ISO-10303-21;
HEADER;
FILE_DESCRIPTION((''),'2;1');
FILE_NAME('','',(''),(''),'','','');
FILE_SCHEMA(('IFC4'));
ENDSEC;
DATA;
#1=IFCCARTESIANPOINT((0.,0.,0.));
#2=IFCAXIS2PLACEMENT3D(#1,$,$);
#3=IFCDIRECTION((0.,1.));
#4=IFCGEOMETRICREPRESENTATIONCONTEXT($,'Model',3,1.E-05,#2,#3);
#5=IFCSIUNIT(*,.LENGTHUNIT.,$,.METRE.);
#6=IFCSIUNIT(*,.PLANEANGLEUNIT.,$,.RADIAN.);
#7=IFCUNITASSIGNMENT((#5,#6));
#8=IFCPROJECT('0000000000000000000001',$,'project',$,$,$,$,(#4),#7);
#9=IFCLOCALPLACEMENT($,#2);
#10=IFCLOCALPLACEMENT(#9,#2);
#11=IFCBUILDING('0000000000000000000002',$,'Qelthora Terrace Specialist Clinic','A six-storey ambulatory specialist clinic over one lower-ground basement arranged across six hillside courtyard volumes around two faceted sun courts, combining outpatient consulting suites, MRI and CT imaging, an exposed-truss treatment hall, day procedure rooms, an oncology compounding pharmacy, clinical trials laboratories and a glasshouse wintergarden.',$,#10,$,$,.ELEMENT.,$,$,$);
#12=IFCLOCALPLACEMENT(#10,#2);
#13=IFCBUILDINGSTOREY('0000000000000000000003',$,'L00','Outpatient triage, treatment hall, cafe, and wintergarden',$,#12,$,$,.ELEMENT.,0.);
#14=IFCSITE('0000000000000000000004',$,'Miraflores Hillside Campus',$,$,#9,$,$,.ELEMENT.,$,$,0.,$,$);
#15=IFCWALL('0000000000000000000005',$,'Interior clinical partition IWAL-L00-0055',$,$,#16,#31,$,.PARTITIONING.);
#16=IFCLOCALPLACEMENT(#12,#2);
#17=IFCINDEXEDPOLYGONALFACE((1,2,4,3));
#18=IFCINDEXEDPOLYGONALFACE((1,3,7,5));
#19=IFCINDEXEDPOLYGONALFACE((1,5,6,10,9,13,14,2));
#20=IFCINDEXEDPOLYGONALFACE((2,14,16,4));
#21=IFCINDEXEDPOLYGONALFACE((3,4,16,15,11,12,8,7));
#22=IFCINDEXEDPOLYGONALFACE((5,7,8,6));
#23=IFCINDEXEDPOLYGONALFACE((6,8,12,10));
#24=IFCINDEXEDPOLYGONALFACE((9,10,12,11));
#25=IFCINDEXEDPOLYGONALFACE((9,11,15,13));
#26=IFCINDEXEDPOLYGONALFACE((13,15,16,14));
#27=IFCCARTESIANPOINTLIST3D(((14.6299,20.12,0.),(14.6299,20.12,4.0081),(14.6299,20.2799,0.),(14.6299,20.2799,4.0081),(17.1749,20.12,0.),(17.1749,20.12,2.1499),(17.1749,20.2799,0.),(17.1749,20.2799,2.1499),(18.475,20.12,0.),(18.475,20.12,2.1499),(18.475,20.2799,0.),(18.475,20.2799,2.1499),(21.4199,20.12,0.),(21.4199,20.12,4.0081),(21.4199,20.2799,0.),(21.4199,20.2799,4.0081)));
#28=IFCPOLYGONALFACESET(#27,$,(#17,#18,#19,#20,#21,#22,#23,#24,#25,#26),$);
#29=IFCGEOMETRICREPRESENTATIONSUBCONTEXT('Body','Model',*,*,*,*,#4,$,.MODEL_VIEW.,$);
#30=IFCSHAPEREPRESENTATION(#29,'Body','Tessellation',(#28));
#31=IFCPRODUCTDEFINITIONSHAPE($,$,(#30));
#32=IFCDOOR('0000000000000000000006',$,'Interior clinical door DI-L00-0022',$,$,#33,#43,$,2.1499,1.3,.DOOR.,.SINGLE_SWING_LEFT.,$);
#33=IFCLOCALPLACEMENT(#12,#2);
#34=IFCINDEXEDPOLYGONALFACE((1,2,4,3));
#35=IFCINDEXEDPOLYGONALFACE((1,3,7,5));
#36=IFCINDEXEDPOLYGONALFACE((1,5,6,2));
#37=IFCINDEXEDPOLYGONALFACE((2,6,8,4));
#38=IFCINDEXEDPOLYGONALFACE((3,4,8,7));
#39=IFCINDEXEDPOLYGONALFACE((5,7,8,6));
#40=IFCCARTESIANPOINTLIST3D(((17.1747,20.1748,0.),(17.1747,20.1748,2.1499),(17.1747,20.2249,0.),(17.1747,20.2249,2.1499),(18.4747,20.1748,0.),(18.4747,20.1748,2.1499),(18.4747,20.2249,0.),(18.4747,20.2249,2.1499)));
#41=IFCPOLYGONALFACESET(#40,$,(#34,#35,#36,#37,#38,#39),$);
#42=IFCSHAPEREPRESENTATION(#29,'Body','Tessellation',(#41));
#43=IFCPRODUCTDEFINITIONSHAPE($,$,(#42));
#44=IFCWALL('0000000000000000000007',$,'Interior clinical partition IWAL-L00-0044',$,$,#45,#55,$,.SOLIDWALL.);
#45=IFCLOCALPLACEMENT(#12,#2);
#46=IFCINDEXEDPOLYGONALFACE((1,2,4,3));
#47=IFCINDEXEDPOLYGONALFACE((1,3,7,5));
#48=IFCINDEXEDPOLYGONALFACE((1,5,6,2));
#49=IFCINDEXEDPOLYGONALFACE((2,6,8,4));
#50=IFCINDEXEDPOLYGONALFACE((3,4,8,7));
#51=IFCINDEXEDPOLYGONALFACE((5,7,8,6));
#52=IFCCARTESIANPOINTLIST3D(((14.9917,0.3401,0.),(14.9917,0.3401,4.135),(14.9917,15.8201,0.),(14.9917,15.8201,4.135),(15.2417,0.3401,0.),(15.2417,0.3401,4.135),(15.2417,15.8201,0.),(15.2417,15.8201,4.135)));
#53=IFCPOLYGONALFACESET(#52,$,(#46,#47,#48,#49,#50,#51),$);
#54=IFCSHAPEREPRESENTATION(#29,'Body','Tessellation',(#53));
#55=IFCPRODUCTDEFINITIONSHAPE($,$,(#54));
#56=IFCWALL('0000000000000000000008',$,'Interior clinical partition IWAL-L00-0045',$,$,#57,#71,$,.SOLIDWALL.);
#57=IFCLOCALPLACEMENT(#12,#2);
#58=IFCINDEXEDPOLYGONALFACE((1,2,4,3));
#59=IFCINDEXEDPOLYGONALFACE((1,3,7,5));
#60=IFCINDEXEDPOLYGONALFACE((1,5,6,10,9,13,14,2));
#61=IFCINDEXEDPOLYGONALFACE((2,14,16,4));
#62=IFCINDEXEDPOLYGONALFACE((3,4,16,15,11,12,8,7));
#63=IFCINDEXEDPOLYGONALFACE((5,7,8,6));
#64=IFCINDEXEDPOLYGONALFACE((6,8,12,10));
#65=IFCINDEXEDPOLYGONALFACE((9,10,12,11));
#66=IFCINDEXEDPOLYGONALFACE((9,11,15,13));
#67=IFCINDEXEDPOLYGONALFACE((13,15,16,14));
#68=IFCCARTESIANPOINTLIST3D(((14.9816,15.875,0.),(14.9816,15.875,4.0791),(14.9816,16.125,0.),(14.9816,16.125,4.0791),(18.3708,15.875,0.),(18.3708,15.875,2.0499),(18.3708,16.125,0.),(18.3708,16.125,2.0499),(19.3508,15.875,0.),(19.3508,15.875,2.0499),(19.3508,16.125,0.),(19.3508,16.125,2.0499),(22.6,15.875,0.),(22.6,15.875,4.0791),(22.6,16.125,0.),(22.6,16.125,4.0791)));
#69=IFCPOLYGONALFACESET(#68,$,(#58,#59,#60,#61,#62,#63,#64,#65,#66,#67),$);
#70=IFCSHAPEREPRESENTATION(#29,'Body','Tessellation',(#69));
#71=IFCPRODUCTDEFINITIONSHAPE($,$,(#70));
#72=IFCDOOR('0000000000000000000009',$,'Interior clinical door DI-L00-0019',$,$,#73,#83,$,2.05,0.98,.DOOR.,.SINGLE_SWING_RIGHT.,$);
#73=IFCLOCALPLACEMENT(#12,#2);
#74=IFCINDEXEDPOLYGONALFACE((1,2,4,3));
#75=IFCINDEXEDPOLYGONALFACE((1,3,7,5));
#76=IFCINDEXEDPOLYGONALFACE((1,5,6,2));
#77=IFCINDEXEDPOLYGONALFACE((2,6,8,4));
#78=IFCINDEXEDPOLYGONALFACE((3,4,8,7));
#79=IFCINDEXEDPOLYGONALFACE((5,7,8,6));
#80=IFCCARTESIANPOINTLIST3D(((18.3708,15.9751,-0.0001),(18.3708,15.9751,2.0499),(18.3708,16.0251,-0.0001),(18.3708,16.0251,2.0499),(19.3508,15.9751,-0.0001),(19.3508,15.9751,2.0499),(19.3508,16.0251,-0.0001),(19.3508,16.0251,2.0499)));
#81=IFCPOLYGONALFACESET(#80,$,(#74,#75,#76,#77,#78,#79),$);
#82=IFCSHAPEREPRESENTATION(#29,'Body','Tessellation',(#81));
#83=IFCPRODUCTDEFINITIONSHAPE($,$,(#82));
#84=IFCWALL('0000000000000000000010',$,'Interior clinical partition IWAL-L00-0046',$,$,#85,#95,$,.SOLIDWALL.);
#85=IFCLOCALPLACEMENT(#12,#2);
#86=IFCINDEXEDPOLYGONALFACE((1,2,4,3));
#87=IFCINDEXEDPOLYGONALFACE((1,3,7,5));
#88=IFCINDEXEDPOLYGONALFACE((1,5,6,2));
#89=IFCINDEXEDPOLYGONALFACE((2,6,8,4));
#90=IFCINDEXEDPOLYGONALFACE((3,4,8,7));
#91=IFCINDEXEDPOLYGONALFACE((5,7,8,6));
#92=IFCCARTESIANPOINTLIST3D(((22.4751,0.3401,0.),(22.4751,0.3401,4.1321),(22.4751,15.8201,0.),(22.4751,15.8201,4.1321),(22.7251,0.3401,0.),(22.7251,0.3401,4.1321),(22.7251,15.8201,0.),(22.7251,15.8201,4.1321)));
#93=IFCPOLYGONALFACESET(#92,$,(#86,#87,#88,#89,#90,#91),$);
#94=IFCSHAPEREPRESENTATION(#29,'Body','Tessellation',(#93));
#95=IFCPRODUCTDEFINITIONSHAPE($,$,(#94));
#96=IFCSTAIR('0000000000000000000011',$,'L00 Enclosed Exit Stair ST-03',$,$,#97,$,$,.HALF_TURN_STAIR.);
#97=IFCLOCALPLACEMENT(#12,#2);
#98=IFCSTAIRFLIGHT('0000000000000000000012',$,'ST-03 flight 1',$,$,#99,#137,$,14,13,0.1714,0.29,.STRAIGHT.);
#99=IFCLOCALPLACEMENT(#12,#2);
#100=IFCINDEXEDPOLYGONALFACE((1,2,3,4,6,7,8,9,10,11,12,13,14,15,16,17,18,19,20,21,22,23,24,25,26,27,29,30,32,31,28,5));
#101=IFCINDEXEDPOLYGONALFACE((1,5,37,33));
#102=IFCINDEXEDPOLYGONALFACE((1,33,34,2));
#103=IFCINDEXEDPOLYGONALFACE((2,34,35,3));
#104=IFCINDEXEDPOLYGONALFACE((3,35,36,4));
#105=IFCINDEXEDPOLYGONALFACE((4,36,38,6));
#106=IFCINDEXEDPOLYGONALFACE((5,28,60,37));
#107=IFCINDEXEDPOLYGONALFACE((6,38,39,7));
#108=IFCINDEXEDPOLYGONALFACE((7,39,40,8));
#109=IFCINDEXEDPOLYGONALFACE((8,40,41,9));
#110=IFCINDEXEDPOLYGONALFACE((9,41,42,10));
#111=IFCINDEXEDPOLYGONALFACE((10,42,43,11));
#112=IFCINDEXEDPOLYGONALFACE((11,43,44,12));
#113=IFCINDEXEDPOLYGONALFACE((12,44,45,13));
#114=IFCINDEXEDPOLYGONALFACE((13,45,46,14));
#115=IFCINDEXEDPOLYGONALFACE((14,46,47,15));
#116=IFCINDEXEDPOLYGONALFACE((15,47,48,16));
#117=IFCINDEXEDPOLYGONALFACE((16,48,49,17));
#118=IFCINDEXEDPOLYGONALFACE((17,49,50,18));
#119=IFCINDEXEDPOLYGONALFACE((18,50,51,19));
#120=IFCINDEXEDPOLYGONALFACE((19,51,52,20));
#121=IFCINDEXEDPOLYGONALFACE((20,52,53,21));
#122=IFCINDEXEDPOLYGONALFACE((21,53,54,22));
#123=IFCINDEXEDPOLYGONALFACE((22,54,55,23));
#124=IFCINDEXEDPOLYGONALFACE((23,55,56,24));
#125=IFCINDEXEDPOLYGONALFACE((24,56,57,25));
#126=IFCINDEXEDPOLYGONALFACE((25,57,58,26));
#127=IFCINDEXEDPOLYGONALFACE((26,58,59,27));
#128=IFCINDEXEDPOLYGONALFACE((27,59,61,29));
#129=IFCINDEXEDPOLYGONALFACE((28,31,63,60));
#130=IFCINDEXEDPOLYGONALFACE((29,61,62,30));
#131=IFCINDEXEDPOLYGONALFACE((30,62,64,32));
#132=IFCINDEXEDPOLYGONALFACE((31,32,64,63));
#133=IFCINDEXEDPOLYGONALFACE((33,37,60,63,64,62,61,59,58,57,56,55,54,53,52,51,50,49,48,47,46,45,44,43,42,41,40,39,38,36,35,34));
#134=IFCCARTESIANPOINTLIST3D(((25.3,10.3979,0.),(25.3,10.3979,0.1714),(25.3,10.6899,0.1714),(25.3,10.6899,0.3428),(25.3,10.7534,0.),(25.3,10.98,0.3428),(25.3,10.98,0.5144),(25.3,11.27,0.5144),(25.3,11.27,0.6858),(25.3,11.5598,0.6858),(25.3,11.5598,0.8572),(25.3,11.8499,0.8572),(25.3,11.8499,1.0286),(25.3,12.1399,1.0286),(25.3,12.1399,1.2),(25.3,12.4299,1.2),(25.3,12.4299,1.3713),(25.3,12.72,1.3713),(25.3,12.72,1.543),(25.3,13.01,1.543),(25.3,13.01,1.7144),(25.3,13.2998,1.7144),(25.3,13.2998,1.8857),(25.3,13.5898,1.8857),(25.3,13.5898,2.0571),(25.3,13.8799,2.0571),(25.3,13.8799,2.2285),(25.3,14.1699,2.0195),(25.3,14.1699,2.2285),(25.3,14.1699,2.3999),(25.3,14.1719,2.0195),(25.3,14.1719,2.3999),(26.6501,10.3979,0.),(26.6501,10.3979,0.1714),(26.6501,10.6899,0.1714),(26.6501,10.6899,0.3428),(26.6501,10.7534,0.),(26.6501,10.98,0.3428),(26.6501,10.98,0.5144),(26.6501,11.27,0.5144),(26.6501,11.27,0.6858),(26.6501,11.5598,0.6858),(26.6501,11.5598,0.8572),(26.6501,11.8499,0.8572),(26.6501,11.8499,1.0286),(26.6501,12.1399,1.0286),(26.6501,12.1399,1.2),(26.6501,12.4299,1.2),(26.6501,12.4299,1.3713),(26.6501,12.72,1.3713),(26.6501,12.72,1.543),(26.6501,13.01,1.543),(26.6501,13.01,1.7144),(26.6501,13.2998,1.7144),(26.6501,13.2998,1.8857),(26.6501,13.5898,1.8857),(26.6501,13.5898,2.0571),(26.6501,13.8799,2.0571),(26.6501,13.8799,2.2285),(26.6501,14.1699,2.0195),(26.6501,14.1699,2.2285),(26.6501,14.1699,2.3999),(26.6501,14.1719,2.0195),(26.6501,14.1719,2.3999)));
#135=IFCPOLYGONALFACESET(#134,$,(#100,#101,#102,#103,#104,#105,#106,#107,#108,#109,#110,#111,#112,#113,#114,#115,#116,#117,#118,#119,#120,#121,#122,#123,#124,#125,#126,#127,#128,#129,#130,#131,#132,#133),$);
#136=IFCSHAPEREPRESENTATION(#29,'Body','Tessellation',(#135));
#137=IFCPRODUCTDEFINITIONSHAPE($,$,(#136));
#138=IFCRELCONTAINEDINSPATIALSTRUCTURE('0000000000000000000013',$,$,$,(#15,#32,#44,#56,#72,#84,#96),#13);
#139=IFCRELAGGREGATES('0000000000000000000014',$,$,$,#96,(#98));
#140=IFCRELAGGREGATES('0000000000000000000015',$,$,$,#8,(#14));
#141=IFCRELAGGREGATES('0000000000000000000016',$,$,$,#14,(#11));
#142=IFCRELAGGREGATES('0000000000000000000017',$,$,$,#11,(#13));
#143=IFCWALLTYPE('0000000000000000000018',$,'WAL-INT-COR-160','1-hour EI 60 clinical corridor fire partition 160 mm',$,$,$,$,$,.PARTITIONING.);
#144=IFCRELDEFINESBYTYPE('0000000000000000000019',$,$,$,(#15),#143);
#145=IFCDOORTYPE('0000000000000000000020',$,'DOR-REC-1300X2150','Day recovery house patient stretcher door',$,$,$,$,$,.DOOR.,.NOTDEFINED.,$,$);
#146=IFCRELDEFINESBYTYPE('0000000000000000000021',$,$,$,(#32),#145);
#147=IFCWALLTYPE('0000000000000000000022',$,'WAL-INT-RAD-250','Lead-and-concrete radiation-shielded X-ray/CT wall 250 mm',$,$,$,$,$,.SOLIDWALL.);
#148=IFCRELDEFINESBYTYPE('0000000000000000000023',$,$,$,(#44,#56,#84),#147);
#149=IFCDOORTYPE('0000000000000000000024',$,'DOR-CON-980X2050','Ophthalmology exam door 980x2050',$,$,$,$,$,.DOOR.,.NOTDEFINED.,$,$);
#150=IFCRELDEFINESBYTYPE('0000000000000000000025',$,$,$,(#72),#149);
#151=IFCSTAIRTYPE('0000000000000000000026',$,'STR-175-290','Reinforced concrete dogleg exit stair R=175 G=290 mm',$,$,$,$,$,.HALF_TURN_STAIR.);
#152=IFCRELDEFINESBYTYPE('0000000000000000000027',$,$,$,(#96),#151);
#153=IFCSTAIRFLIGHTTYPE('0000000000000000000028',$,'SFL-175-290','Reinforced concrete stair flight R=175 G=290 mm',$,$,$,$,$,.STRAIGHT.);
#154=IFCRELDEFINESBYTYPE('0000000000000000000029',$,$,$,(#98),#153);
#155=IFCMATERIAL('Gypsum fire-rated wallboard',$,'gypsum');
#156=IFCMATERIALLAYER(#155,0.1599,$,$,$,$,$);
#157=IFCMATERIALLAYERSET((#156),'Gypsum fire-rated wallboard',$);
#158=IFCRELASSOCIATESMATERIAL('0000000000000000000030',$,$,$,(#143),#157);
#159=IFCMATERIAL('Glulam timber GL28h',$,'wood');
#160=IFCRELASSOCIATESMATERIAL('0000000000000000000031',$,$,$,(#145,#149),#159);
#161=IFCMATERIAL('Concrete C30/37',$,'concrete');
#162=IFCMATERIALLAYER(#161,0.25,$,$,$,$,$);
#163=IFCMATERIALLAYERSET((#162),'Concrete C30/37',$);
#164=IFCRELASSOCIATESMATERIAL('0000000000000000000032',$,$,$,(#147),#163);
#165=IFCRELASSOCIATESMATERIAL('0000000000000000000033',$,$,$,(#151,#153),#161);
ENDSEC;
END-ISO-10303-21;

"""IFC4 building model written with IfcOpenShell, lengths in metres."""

from ifc_helpers import new_model, si_unit, direction, frame, frame_2d, origin, place, context, subcontext, project, spatial, polyline, rectangle, outline, extrude, material, layer, layer_set, type_object, element, fill, aggregate, save


model = new_model("IFC4")

# Units and contexts
model_context = context("Model", 3, precision=1e-05, world=origin(), true_north=direction((0.0, 1.0)))
body_context = subcontext(model_context, "Body", "Model", "MODEL_VIEW")
ifc_project = project(units=[si_unit("LENGTHUNIT", "METRE"), si_unit("PLANEANGLEUNIT", "RADIAN")], contexts=[model_context])

# Site, building, storey
site_placement = place(None, origin())
site = spatial("IfcSite", under=ifc_project, at=site_placement, Name="Miraflores Hillside Campus", CompositionType="ELEMENT", RefElevation=0.0)
building_placement = place(site_placement, origin())
building = spatial("IfcBuilding", under=site, at=building_placement, Name="Qelthora Terrace Specialist Clinic", Description="A six-storey ambulatory specialist clinic over one lower-ground basement arranged across six hillside courtyard volumes around two faceted sun courts, combining outpatient consulting suites, MRI and CT imaging, an exposed-truss treatment hall, day procedure rooms, an oncology compounding pharmacy, clinical trials laboratories and a glasshouse wintergarden.", CompositionType="ELEMENT")
storey_placement = place(building_placement, origin())
storey = spatial("IfcBuildingStorey", under=building, at=storey_placement, Name="L00", Description="Outpatient triage, treatment hall, cafe, and wintergarden", CompositionType="ELEMENT", Elevation=0.0)

# Wall, opening, door
ifc_material_1 = material(Name="Gypsum fire-rated wallboard", Category="gypsum")
ifc_layer_1 = layer(ifc_material_1, 0.1599)
ifc_layer_set_1 = layer_set([ifc_layer_1], Name="Gypsum fire-rated wallboard")
wall_type_1 = type_object("IfcWallType", Name="WAL-INT-COR-160", Description="1-hour EI 60 clinical corridor fire partition 160 mm", PredefinedType="PARTITIONING", material=ifc_layer_set_1)
wall_1_placement = place(storey_placement, frame((21.4199, 20.2, 0.0), z_axis=(0.0, 0.0, 1.0), x_axis=(-1.0, 0.0, 0.0)))
wall_1 = element("IfcWall", 1, at=wall_1_placement, inside=storey, type_object=wall_type_1, Name="Interior clinical partition IWAL-L00-0055", PredefinedType="PARTITIONING", context=body_context, shape_type="SweptSolid", body=[
    extrude(rectangle(XDim=6.79, YDim=0.1599, at=frame_2d((3.395, 0.0))), origin(), (0.0, 0.0, 1.0), 4.0081),
])
opening_1_placement = place(wall_1_placement, frame((2.9451, 0.0, 0.0)))
opening_1 = element("IfcOpeningElement", 2, at=opening_1_placement, cuts=wall_1, PredefinedType="OPENING", context=body_context, shape_type="SweptSolid", body=[
    extrude(rectangle(XDim=1.3, YDim=2.1499, at=frame_2d((0.6499, 1.075))), frame((0.0, 0.0898, 0.0), z_axis=(0.0, -1.0, 0.0), x_axis=(1.0, 0.0, 0.0)), (0.0, 0.0, 1.0), 0.1799),
])
ifc_material_2 = material(Name="Glulam timber GL28h", Category="wood")
door_type_1 = type_object("IfcDoorType", Name="DOR-REC-1300X2150", Description="Day recovery house patient stretcher door", OperationType="NOTDEFINED", PredefinedType="DOOR", material=ifc_material_2)
door_1_placement = place(opening_1_placement, frame((1.3, 0.0, 0.0), z_axis=(0.0, 0.0, 1.0), x_axis=(-1.0, 0.0, 0.0)))
door_1 = element("IfcDoor", 3, at=door_1_placement, inside=storey, type_object=door_type_1, Name="Interior clinical door DI-L00-0022", OperationType="SINGLE_SWING_LEFT", OverallHeight=2.1499, OverallWidth=1.3, PredefinedType="DOOR", context=body_context, shape_type="SweptSolid", body=[
    extrude(rectangle(XDim=1.3, YDim=2.1499, at=frame_2d((0.6499, 1.075))), frame((0.0, 0.0249, 0.0), z_axis=(0.0, -1.0, 0.0), x_axis=(1.0, 0.0, 0.0)), (0.0, 0.0, 1.0), 0.05),
])
fill(opening_1, door_1)

# Wall
ifc_material_3 = material(Name="Concrete C30/37", Category="concrete")
ifc_layer_2 = layer(ifc_material_3, 0.25)
ifc_layer_set_2 = layer_set([ifc_layer_2], Name="Concrete C30/37")
wall_type_2 = type_object("IfcWallType", Name="WAL-INT-RAD-250", Description="Lead-and-concrete radiation-shielded X-ray/CT wall 250 mm", PredefinedType="SOLIDWALL", material=ifc_layer_set_2)
wall_2_placement = place(storey_placement, frame((15.1167, 15.8201, 0.0), z_axis=(0.0, 0.0, 1.0), x_axis=(0.0, -1.0, 0.0)))
element("IfcWall", 4, at=wall_2_placement, inside=storey, type_object=wall_type_2, Name="Interior clinical partition IWAL-L00-0044", PredefinedType="SOLIDWALL", context=body_context, shape_type="SweptSolid", body=[
    extrude(rectangle(XDim=15.48, YDim=0.25, at=frame_2d((7.74, 0.0))), origin(), (0.0, 0.0, 1.0), 4.135),
])

# Wall, opening, door
wall_3_placement = place(storey_placement, frame((14.9817, 16.0, 0.0), z_axis=(0.0, 0.0, 1.0), x_axis=(1.0, 0.0, 0.0)))
wall_3 = element("IfcWall", 5, at=wall_3_placement, inside=storey, type_object=wall_type_2, Name="Interior clinical partition IWAL-L00-0045", PredefinedType="SOLIDWALL", context=body_context, shape_type="SweptSolid", body=[
    extrude(rectangle(XDim=7.6184, YDim=0.25, at=frame_2d((3.8091, 0.0))), origin(), (0.0, 0.0, 1.0), 4.0791),
])
opening_2_placement = place(wall_3_placement, frame((3.3892, 0.0, 0.0)))
opening_2 = element("IfcOpeningElement", 6, at=opening_2_placement, cuts=wall_3, PredefinedType="OPENING", context=body_context, shape_type="SweptSolid", body=[
    extrude(rectangle(XDim=0.98, YDim=2.05, at=frame_2d((0.49, 1.0249))), frame((0.0, 0.135, 0.0), z_axis=(0.0, -1.0, 0.0), x_axis=(1.0, 0.0, 0.0)), (0.0, 0.0, 1.0), 0.27),
])
door_type_2 = type_object("IfcDoorType", Name="DOR-CON-980X2050", Description="Ophthalmology exam door 980x2050", OperationType="NOTDEFINED", PredefinedType="DOOR", material=ifc_material_2)
door_2_placement = place(opening_2_placement, frame((0.98, 0.0, 0.0), z_axis=(0.0, 0.0, 1.0), x_axis=(-1.0, 0.0, 0.0)))
door_2 = element("IfcDoor", 7, at=door_2_placement, inside=storey, type_object=door_type_2, Name="Interior clinical door DI-L00-0019", OperationType="SINGLE_SWING_RIGHT", OverallHeight=2.05, OverallWidth=0.98, PredefinedType="DOOR", context=body_context, shape_type="SweptSolid", body=[
    extrude(rectangle(XDim=0.98, YDim=2.05, at=frame_2d((0.49, 1.0249))), frame((0.0, 0.0249, 0.0), z_axis=(0.0, -1.0, 0.0), x_axis=(1.0, 0.0, 0.0)), (0.0, 0.0, 1.0), 0.05),
])
fill(opening_2, door_2)

# Wall
wall_4_placement = place(storey_placement, frame((22.6001, 15.8201, 0.0), z_axis=(0.0, 0.0, 1.0), x_axis=(0.0, -1.0, 0.0)))
element("IfcWall", 8, at=wall_4_placement, inside=storey, type_object=wall_type_2, Name="Interior clinical partition IWAL-L00-0046", PredefinedType="SOLIDWALL", context=body_context, shape_type="SweptSolid", body=[
    extrude(rectangle(XDim=15.48, YDim=0.25, at=frame_2d((7.74, 0.0))), origin(), (0.0, 0.0, 1.0), 4.1321),
])

# Stair, stair flight
stair_type = type_object("IfcStairType", Name="STR-175-290", Description="Reinforced concrete dogleg exit stair R=175 G=290 mm", PredefinedType="HALF_TURN_STAIR", material=ifc_material_3)
stair_placement = place(storey_placement, origin())
stair = element("IfcStair", 9, at=stair_placement, inside=storey, type_object=stair_type, Name="L00 Enclosed Exit Stair ST-03", PredefinedType="HALF_TURN_STAIR")
stair_flight_type = type_object("IfcStairFlightType", Name="SFL-175-290", Description="Reinforced concrete stair flight R=175 G=290 mm", PredefinedType="STRAIGHT", material=ifc_material_3)
stair_flight_1_placement = place(storey_placement, frame((25.9751, 10.3999, 0.0), z_axis=(0.0, 0.0, 1.0), x_axis=(0.0, 1.0, 0.0)))
stair_flight_1 = element("IfcStairFlight", 10, at=stair_flight_1_placement, type_object=stair_flight_type, Name="ST-03 flight 1", NumberOfRisers=14, NumberOfTreads=13, PredefinedType="STRAIGHT", RiserHeight=0.1714, TreadLength=0.29, context=body_context, shape_type="SweptSolid", body=[
    extrude(outline(polyline([(-0.002, 0.0), (-0.002, 0.1714), (0.29, 0.1714), (0.29, 0.3428), (0.5801, 0.3428), (0.5801, 0.5144), (0.8701, 0.5144), (0.8701, 0.6858), (1.1599, 0.6858), (1.1599, 0.8572), (1.45, 0.8572), (1.45, 1.0286), (1.74, 1.0286), (1.74, 1.2), (2.03, 1.2), (2.03, 1.3713), (2.3201, 1.3713), (2.3201, 1.543), (2.6101, 1.543), (2.6101, 1.7144), (2.8999, 1.7144), (2.8999, 1.8857), (3.1899, 1.8857), (3.1899, 2.0571), (3.48, 2.0571), (3.48, 2.2285), (3.77, 2.2285), (3.77, 2.3999), (3.772, 2.3999), (3.772, 2.0195), (3.77, 2.0195), (0.3535, 0.0), (-0.002, 0.0)])), frame((0.0, 0.675, 0.0), z_axis=(0.0, -1.0, 0.0), x_axis=(1.0, 0.0, 0.0)), (0.0, 0.0, 1.0), 1.3501),
])
aggregate(stair, [stair_flight_1])

save(model, "model.ifc")
